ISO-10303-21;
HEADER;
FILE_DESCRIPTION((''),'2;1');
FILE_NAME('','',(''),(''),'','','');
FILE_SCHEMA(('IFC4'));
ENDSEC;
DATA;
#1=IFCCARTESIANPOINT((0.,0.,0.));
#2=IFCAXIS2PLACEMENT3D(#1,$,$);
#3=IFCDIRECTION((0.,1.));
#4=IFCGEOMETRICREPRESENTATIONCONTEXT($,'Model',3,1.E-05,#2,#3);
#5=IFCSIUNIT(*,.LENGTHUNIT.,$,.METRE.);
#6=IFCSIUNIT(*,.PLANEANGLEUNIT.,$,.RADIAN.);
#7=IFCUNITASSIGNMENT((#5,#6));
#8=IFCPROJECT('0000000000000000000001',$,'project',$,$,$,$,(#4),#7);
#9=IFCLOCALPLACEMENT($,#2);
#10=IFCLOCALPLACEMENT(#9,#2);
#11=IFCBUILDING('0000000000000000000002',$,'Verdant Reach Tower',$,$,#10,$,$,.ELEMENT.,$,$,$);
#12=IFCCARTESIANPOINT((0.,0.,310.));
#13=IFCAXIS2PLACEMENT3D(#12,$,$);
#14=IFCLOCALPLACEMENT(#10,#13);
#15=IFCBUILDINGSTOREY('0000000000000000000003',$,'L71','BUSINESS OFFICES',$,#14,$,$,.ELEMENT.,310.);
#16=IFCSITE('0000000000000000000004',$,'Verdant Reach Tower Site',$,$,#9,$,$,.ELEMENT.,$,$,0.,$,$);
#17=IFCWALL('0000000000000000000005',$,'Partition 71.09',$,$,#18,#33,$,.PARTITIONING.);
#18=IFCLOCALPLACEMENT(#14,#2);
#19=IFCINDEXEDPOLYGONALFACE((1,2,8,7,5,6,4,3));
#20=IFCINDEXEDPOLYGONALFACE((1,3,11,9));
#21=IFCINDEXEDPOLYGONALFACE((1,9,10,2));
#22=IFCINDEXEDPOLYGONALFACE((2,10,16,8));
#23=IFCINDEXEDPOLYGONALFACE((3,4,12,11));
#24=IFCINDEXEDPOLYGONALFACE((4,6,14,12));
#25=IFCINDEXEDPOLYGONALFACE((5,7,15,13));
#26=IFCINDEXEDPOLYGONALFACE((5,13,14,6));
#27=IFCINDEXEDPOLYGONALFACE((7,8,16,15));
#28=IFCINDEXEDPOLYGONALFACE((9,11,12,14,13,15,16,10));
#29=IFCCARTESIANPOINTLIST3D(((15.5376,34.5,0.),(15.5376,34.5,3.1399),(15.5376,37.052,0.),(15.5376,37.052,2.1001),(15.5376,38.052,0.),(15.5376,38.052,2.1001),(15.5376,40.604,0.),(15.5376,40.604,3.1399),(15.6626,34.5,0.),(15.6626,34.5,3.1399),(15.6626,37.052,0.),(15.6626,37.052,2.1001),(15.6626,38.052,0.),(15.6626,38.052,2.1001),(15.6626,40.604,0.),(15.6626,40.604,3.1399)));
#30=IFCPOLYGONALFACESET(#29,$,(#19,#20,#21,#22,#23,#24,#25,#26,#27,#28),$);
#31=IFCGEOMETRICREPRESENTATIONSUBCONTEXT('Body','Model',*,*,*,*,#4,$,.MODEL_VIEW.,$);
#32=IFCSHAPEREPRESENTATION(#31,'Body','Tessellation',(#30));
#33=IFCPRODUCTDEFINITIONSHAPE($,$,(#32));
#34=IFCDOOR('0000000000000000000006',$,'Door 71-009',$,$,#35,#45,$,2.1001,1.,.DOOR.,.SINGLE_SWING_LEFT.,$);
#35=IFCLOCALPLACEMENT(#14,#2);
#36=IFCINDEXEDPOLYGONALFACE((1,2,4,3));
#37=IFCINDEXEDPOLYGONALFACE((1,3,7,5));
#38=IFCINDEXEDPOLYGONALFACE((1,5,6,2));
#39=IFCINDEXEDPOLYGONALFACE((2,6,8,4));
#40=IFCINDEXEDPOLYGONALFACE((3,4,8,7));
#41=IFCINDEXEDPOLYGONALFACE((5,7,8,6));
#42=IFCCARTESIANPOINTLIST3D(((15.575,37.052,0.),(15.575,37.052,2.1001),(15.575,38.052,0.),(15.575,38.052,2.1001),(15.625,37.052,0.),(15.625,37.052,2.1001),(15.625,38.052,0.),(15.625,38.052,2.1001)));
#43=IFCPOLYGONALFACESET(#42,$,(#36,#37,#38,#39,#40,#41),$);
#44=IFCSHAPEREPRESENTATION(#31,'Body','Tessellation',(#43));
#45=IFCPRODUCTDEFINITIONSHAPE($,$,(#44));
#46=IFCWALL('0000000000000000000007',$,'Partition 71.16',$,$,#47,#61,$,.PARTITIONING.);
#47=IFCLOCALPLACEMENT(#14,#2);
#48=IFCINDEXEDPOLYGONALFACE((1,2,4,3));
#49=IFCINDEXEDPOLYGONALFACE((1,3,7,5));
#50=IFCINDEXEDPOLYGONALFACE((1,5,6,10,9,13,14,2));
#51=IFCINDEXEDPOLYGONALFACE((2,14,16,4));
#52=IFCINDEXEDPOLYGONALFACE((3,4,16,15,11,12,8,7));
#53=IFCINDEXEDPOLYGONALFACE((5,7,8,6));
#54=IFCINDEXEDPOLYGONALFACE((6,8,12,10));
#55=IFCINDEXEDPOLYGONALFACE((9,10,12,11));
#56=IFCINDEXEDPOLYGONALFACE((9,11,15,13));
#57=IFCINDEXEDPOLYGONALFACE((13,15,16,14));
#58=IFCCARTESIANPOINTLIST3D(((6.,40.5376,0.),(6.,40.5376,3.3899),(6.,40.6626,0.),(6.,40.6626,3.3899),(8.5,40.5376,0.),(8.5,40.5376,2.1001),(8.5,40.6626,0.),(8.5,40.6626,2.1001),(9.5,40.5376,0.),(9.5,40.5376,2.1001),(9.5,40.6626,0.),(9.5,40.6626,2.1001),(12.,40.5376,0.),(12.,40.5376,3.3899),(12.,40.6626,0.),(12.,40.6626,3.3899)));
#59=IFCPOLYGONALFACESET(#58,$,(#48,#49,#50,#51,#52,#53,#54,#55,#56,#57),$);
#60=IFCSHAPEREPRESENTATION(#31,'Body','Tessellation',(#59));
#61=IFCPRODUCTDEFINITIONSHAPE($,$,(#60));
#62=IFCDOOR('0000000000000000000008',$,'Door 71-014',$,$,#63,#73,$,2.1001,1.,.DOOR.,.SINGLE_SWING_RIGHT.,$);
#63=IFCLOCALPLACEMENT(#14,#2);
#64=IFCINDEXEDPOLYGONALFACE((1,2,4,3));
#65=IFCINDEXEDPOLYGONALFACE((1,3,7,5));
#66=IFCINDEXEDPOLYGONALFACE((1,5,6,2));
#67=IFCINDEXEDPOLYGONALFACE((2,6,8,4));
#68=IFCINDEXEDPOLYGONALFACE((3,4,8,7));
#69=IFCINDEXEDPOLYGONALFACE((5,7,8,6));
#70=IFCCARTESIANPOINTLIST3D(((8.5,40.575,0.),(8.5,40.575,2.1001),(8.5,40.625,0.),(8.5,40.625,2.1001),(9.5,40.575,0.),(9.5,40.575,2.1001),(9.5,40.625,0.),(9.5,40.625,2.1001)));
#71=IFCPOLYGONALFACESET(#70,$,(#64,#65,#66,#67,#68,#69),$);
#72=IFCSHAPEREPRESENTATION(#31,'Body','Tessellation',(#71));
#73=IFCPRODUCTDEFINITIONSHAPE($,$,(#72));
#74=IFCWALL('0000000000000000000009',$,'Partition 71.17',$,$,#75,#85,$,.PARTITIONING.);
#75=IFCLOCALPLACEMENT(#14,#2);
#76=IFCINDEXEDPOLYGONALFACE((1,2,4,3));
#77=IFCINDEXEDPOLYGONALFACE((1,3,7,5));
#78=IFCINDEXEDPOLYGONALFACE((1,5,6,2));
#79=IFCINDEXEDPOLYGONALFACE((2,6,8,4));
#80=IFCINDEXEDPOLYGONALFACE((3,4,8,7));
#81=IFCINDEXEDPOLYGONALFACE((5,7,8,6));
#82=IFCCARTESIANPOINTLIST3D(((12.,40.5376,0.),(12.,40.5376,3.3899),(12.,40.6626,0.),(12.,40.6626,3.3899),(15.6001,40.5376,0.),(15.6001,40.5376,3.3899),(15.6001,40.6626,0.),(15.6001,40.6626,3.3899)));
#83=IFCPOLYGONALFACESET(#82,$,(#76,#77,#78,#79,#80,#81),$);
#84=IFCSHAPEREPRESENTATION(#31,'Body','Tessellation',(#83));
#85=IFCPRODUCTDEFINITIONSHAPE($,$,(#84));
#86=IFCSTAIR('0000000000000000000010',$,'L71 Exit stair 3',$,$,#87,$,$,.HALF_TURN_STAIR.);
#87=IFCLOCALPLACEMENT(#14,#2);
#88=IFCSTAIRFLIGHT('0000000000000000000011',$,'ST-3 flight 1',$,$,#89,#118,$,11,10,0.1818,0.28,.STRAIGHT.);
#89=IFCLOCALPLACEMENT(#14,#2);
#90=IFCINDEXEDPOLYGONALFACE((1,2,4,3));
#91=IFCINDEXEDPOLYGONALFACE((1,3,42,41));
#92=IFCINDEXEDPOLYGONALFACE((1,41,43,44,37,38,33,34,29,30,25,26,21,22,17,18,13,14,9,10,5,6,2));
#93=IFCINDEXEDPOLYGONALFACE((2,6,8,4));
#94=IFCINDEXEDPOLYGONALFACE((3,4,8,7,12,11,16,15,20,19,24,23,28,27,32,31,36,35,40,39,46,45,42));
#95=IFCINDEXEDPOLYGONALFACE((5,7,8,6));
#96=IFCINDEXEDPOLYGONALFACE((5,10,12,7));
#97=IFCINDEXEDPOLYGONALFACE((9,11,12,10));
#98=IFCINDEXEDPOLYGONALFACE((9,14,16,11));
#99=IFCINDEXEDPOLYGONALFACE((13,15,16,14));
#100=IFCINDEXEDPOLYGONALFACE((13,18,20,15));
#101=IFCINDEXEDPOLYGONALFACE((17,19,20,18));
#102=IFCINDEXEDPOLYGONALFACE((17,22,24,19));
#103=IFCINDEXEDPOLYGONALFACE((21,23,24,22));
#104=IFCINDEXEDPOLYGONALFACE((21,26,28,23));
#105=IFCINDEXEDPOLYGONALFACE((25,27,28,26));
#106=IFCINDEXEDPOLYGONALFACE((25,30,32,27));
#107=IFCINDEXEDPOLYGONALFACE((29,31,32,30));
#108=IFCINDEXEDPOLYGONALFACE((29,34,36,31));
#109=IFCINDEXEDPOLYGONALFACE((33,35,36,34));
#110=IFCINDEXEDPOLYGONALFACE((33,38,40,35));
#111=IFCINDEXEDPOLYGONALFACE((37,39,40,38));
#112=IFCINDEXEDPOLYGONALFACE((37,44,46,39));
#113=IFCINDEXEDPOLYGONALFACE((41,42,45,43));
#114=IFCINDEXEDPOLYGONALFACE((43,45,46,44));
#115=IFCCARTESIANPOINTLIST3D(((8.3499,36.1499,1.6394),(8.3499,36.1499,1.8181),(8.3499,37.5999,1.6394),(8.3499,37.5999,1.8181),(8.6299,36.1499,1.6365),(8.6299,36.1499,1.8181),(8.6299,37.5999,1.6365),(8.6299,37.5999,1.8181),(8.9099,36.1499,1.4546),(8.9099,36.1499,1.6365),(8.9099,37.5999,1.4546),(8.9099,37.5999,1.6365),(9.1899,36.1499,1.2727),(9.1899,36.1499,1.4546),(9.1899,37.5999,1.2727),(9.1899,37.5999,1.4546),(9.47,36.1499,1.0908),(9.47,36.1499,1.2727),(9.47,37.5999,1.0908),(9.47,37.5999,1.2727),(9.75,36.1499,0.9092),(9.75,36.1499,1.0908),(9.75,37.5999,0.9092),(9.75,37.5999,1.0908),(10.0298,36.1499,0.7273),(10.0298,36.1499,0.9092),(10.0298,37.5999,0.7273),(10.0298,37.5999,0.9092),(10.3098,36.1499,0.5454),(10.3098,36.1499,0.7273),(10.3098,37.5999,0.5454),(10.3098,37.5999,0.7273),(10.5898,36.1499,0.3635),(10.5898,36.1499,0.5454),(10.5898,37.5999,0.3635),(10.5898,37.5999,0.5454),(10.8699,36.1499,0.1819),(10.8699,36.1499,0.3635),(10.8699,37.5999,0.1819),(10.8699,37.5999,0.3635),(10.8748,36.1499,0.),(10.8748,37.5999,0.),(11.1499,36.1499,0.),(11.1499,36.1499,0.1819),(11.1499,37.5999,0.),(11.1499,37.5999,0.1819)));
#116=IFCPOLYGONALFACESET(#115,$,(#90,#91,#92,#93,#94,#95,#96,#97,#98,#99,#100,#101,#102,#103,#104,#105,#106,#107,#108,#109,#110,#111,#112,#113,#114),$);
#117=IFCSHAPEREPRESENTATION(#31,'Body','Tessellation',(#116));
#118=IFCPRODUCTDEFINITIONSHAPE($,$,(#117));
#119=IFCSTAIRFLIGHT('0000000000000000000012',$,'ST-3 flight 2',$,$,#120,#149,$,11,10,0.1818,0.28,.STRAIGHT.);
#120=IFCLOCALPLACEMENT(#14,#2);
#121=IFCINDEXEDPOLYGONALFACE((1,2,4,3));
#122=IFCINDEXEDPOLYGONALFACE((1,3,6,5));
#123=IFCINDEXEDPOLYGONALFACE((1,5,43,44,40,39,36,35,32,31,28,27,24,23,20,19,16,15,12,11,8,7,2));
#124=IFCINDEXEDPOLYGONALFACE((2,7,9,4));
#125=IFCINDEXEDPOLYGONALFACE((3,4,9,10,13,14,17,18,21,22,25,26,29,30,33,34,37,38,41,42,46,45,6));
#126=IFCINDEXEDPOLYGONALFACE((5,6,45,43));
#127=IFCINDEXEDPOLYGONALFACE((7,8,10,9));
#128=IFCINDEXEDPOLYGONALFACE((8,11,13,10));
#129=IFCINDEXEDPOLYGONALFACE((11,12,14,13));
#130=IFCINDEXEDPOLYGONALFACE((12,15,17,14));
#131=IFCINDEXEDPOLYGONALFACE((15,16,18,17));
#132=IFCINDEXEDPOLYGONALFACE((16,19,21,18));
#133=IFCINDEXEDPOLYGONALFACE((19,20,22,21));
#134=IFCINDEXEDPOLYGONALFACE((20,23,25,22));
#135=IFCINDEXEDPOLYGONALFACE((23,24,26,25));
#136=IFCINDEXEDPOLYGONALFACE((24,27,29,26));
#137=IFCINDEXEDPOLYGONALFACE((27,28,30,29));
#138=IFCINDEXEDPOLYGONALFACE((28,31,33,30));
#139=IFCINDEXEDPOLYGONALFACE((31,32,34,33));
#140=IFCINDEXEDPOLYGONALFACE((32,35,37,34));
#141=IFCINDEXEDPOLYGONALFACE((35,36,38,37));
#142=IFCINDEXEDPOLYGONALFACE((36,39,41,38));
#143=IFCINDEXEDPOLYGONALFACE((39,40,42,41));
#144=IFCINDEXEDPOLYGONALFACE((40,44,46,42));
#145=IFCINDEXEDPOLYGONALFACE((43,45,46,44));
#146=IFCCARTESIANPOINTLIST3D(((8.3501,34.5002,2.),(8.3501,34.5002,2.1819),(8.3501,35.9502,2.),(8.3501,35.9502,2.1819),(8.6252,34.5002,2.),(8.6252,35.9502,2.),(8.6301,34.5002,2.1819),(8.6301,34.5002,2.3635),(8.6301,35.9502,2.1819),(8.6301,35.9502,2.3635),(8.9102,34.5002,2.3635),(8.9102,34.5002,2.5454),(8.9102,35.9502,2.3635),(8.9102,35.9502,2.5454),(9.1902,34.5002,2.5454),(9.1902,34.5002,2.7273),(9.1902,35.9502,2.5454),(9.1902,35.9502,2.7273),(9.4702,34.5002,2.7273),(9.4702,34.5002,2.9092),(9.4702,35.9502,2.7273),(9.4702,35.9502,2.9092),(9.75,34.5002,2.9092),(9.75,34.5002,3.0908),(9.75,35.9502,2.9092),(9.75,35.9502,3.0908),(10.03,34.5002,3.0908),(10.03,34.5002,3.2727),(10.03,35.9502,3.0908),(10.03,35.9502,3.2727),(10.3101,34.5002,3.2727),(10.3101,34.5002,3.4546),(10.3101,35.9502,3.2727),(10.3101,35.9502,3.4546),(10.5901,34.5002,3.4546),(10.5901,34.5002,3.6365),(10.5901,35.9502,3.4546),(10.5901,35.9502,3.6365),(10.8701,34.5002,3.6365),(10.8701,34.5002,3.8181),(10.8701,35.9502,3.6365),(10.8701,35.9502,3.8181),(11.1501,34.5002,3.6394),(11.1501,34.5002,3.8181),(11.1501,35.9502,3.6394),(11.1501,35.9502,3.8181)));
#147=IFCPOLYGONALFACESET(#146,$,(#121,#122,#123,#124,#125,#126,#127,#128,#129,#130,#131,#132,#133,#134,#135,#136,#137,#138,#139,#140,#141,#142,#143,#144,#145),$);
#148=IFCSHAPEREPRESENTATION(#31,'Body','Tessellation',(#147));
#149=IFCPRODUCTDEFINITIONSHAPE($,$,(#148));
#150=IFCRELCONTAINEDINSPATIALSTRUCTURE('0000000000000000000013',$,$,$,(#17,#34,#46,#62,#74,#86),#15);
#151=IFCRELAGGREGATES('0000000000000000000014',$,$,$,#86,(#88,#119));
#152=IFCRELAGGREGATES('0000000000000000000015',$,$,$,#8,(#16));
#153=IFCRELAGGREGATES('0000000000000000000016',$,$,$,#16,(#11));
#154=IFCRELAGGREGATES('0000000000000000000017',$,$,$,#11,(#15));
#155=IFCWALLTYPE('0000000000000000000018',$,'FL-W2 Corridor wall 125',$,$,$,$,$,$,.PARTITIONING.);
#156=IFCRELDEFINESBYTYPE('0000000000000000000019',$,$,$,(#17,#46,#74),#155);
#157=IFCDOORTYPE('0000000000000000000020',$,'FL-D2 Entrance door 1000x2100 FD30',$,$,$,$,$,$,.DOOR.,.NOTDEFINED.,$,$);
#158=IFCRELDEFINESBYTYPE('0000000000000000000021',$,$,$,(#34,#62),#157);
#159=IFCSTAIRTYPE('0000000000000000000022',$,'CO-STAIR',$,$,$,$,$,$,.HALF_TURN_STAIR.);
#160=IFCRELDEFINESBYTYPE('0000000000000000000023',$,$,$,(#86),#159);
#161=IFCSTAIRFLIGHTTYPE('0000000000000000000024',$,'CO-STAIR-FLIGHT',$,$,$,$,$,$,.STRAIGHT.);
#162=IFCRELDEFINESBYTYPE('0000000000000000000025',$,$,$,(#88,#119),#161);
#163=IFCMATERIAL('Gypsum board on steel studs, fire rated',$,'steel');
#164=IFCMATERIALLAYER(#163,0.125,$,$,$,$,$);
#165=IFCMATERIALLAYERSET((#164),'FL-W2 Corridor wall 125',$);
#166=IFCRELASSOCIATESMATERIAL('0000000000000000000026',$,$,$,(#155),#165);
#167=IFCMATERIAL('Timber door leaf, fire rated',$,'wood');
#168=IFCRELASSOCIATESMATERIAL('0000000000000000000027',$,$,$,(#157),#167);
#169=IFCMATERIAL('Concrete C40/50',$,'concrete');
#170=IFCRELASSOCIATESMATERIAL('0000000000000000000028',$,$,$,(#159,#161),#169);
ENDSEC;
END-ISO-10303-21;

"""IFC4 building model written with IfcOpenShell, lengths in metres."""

from ifc_helpers import new_model, si_unit, direction, frame, frame_2d, origin, place, context, subcontext, project, spatial, polyline, rectangle, outline, extrude, material, layer, layer_set, type_object, element, fill, aggregate, save


model = new_model("IFC4")

# Units and contexts
model_context = context("Model", 3, precision=1e-05, world=origin(), true_north=direction((0.0, 1.0)))
body_context = subcontext(model_context, "Body", "Model", "MODEL_VIEW")
ifc_project = project(units=[si_unit("LENGTHUNIT", "METRE"), si_unit("PLANEANGLEUNIT", "RADIAN")], contexts=[model_context])

# Site, building, storey
site_placement = place(None, origin())
site = spatial("IfcSite", under=ifc_project, at=site_placement, Name="Verdant Reach Tower Site", CompositionType="ELEMENT", RefElevation=0.0)
building_placement = place(site_placement, origin())
building = spatial("IfcBuilding", under=site, at=building_placement, Name="Verdant Reach Tower", CompositionType="ELEMENT")
storey_placement = place(building_placement, frame((0.0, 0.0, 310.0)))
storey = spatial("IfcBuildingStorey", under=building, at=storey_placement, Name="L71", Description="BUSINESS OFFICES", CompositionType="ELEMENT", Elevation=310.0)

# Walls, openings, doors
ifc_material_1 = material(Name="Gypsum board on steel studs, fire rated", Category="steel")
ifc_layer_1 = layer(ifc_material_1, 0.125)
ifc_layer_set_1 = layer_set([ifc_layer_1], Name="FL-W2 Corridor wall 125")
wall_type_1 = type_object("IfcWallType", Name="FL-W2 Corridor wall 125", PredefinedType="PARTITIONING", material=ifc_layer_set_1)
wall_1_placement = place(storey_placement, frame((15.6001, 40.604, 0.0), z_axis=(0.0, 0.0, 1.0), x_axis=(0.0, -1.0, 0.0)))
wall_1 = element("IfcWall", 1, at=wall_1_placement, inside=storey, type_object=wall_type_1, Name="Partition 71.09", PredefinedType="PARTITIONING", context=body_context, shape_type="SweptSolid", body=[
    extrude(rectangle(XDim=6.104, YDim=0.125, at=frame_2d((3.052, 0.0))), origin(), (0.0, 0.0, 1.0), 3.1399),
])
opening_1_placement = place(wall_1_placement, frame((2.552, 0.0, 0.0)))
opening_1 = element("IfcOpeningElement", 2, at=opening_1_placement, cuts=wall_1, PredefinedType="OPENING", context=body_context, shape_type="SweptSolid", body=[
    extrude(rectangle(XDim=1.0, YDim=2.1001, at=frame_2d((0.5, 1.05))), frame((0.0, 0.0725, 0.0), z_axis=(0.0, -1.0, 0.0), x_axis=(1.0, 0.0, 0.0)), (0.0, 0.0, 1.0), 0.145),
])
ifc_material_2 = material(Name="Timber door leaf, fire rated", Category="wood")
door_type_1 = type_object("IfcDoorType", Name="FL-D2 Entrance door 1000x2100 FD30", OperationType="NOTDEFINED", PredefinedType="DOOR", material=ifc_material_2)
door_1_placement = place(opening_1_placement, origin())
door_1 = element("IfcDoor", 3, at=door_1_placement, inside=storey, type_object=door_type_1, Name="Door 71-009", OperationType="SINGLE_SWING_LEFT", OverallHeight=2.1001, OverallWidth=1.0, PredefinedType="DOOR", context=body_context, shape_type="SweptSolid", body=[
    extrude(rectangle(XDim=1.0, YDim=2.1001, at=frame_2d((0.5, 1.05))), frame((0.0, 0.0249, 0.0), z_axis=(0.0, -1.0, 0.0), x_axis=(1.0, 0.0, 0.0)), (0.0, 0.0, 1.0), 0.05),
])
fill(opening_1, door_1)
wall_2_placement = place(storey_placement, frame((6.0, 40.6001, 0.0), z_axis=(0.0, 0.0, 1.0), x_axis=(1.0, 0.0, 0.0)))
wall_2 = element("IfcWall", 4, at=wall_2_placement, inside=storey, type_object=wall_type_1, Name="Partition 71.16", PredefinedType="PARTITIONING", context=body_context, shape_type="SweptSolid", body=[
    extrude(rectangle(XDim=6.0, YDim=0.125, at=frame_2d((3.0, 0.0))), origin(), (0.0, 0.0, 1.0), 3.3899),
])
opening_2_placement = place(wall_2_placement, frame((2.5, 0.0, 0.0)))
opening_2 = element("IfcOpeningElement", 5, at=opening_2_placement, cuts=wall_2, PredefinedType="OPENING", context=body_context, shape_type="SweptSolid", body=[
    extrude(rectangle(XDim=1.0, YDim=2.1001, at=frame_2d((0.5, 1.05))), frame((0.0, 0.0725, 0.0), z_axis=(0.0, -1.0, 0.0), x_axis=(1.0, 0.0, 0.0)), (0.0, 0.0, 1.0), 0.145),
])
door_2_placement = place(opening_2_placement, origin())
door_2 = element("IfcDoor", 6, at=door_2_placement, inside=storey, type_object=door_type_1, Name="Door 71-014", OperationType="SINGLE_SWING_RIGHT", OverallHeight=2.1001, OverallWidth=1.0, PredefinedType="DOOR", context=body_context, shape_type="SweptSolid", body=[
    extrude(rectangle(XDim=1.0, YDim=2.1001, at=frame_2d((0.5, 1.05))), frame((0.0, 0.0249, 0.0), z_axis=(0.0, -1.0, 0.0), x_axis=(1.0, 0.0, 0.0)), (0.0, 0.0, 1.0), 0.05),
])
fill(opening_2, door_2)

# Wall
wall_3_placement = place(storey_placement, frame((15.6001, 40.6001, 0.0), z_axis=(0.0, 0.0, 1.0), x_axis=(-1.0, 0.0, 0.0)))
element("IfcWall", 7, at=wall_3_placement, inside=storey, type_object=wall_type_1, Name="Partition 71.17", PredefinedType="PARTITIONING", context=body_context, shape_type="SweptSolid", body=[
    extrude(rectangle(XDim=3.6001, YDim=0.125, at=frame_2d((1.8, 0.0))), origin(), (0.0, 0.0, 1.0), 3.3899),
])

# Stair, stair flights
ifc_material_3 = material(Name="Concrete C40/50", Category="concrete")
stair_type = type_object("IfcStairType", Name="CO-STAIR", PredefinedType="HALF_TURN_STAIR", material=ifc_material_3)
stair_placement = place(storey_placement, origin())
stair = element("IfcStair", 8, at=stair_placement, inside=storey, type_object=stair_type, Name="L71 Exit stair 3", PredefinedType="HALF_TURN_STAIR")
stair_flight_type = type_object("IfcStairFlightType", Name="CO-STAIR-FLIGHT", PredefinedType="STRAIGHT", material=ifc_material_3)
stair_flight_1_placement = place(storey_placement, frame((11.1499, 36.875, 0.0), z_axis=(0.0, 0.0, 1.0), x_axis=(-1.0, 0.0, 0.0)))
stair_flight_1 = element("IfcStairFlight", 9, at=stair_flight_1_placement, type_object=stair_flight_type, Name="ST-3 flight 1", NumberOfRisers=11, NumberOfTreads=10, PredefinedType="STRAIGHT", RiserHeight=0.1818, TreadLength=0.28, context=body_context, shape_type="SweptSolid", body=[
    extrude(outline(polyline([(0.0, 0.0), (0.0, 0.1819), (0.28, 0.1819), (0.28, 0.3635), (0.5601, 0.3635), (0.5601, 0.5454), (0.8401, 0.5454), (0.8401, 0.7273), (1.1201, 0.7273), (1.1201, 0.9092), (1.3999, 0.9092), (1.3999, 1.0908), (1.6799, 1.0908), (1.6799, 1.2727), (1.96, 1.2727), (1.96, 1.4546), (2.24, 1.4546), (2.24, 1.6365), (2.52, 1.6365), (2.52, 1.8181), (2.8, 1.8181), (2.8, 2.0), (2.8, 1.6394), (0.2751, 0.0), (0.0, 0.0)])), frame((0.0, 0.7251, 0.0), z_axis=(0.0, -1.0, 0.0), x_axis=(1.0, 0.0, 0.0)), (0.0, 0.0, 1.0), 1.45),
])
stair_flight_2_placement = place(storey_placement, frame((8.3501, 35.2251, 2.0), z_axis=(0.0, 0.0, 1.0), x_axis=(1.0, 0.0, 0.0)))
stair_flight_2 = element("IfcStairFlight", 10, at=stair_flight_2_placement, type_object=stair_flight_type, Name="ST-3 flight 2", NumberOfRisers=11, NumberOfTreads=10, PredefinedType="STRAIGHT", RiserHeight=0.1818, TreadLength=0.28, context=body_context, shape_type="SweptSolid", body=[
    extrude(outline(polyline([(0.0, 0.0), (0.0, 0.1819), (0.28, 0.1819), (0.28, 0.3635), (0.5601, 0.3635), (0.5601, 0.5454), (0.8401, 0.5454), (0.8401, 0.7273), (1.1201, 0.7273), (1.1201, 0.9092), (1.3999, 0.9092), (1.3999, 1.0908), (1.6799, 1.0908), (1.6799, 1.2727), (1.96, 1.2727), (1.96, 1.4546), (2.24, 1.4546), (2.24, 1.6365), (2.52, 1.6365), (2.52, 1.8181), (2.8, 1.8181), (2.8, 2.0), (2.8, 1.6394), (0.2751, 0.0), (0.0, 0.0)])), frame((0.0, 0.7251, 0.0), z_axis=(0.0, -1.0, 0.0), x_axis=(1.0, 0.0, 0.0)), (0.0, 0.0, 1.0), 1.45),
])
aggregate(stair, [stair_flight_1, stair_flight_2])

save(model, "model.ifc")
